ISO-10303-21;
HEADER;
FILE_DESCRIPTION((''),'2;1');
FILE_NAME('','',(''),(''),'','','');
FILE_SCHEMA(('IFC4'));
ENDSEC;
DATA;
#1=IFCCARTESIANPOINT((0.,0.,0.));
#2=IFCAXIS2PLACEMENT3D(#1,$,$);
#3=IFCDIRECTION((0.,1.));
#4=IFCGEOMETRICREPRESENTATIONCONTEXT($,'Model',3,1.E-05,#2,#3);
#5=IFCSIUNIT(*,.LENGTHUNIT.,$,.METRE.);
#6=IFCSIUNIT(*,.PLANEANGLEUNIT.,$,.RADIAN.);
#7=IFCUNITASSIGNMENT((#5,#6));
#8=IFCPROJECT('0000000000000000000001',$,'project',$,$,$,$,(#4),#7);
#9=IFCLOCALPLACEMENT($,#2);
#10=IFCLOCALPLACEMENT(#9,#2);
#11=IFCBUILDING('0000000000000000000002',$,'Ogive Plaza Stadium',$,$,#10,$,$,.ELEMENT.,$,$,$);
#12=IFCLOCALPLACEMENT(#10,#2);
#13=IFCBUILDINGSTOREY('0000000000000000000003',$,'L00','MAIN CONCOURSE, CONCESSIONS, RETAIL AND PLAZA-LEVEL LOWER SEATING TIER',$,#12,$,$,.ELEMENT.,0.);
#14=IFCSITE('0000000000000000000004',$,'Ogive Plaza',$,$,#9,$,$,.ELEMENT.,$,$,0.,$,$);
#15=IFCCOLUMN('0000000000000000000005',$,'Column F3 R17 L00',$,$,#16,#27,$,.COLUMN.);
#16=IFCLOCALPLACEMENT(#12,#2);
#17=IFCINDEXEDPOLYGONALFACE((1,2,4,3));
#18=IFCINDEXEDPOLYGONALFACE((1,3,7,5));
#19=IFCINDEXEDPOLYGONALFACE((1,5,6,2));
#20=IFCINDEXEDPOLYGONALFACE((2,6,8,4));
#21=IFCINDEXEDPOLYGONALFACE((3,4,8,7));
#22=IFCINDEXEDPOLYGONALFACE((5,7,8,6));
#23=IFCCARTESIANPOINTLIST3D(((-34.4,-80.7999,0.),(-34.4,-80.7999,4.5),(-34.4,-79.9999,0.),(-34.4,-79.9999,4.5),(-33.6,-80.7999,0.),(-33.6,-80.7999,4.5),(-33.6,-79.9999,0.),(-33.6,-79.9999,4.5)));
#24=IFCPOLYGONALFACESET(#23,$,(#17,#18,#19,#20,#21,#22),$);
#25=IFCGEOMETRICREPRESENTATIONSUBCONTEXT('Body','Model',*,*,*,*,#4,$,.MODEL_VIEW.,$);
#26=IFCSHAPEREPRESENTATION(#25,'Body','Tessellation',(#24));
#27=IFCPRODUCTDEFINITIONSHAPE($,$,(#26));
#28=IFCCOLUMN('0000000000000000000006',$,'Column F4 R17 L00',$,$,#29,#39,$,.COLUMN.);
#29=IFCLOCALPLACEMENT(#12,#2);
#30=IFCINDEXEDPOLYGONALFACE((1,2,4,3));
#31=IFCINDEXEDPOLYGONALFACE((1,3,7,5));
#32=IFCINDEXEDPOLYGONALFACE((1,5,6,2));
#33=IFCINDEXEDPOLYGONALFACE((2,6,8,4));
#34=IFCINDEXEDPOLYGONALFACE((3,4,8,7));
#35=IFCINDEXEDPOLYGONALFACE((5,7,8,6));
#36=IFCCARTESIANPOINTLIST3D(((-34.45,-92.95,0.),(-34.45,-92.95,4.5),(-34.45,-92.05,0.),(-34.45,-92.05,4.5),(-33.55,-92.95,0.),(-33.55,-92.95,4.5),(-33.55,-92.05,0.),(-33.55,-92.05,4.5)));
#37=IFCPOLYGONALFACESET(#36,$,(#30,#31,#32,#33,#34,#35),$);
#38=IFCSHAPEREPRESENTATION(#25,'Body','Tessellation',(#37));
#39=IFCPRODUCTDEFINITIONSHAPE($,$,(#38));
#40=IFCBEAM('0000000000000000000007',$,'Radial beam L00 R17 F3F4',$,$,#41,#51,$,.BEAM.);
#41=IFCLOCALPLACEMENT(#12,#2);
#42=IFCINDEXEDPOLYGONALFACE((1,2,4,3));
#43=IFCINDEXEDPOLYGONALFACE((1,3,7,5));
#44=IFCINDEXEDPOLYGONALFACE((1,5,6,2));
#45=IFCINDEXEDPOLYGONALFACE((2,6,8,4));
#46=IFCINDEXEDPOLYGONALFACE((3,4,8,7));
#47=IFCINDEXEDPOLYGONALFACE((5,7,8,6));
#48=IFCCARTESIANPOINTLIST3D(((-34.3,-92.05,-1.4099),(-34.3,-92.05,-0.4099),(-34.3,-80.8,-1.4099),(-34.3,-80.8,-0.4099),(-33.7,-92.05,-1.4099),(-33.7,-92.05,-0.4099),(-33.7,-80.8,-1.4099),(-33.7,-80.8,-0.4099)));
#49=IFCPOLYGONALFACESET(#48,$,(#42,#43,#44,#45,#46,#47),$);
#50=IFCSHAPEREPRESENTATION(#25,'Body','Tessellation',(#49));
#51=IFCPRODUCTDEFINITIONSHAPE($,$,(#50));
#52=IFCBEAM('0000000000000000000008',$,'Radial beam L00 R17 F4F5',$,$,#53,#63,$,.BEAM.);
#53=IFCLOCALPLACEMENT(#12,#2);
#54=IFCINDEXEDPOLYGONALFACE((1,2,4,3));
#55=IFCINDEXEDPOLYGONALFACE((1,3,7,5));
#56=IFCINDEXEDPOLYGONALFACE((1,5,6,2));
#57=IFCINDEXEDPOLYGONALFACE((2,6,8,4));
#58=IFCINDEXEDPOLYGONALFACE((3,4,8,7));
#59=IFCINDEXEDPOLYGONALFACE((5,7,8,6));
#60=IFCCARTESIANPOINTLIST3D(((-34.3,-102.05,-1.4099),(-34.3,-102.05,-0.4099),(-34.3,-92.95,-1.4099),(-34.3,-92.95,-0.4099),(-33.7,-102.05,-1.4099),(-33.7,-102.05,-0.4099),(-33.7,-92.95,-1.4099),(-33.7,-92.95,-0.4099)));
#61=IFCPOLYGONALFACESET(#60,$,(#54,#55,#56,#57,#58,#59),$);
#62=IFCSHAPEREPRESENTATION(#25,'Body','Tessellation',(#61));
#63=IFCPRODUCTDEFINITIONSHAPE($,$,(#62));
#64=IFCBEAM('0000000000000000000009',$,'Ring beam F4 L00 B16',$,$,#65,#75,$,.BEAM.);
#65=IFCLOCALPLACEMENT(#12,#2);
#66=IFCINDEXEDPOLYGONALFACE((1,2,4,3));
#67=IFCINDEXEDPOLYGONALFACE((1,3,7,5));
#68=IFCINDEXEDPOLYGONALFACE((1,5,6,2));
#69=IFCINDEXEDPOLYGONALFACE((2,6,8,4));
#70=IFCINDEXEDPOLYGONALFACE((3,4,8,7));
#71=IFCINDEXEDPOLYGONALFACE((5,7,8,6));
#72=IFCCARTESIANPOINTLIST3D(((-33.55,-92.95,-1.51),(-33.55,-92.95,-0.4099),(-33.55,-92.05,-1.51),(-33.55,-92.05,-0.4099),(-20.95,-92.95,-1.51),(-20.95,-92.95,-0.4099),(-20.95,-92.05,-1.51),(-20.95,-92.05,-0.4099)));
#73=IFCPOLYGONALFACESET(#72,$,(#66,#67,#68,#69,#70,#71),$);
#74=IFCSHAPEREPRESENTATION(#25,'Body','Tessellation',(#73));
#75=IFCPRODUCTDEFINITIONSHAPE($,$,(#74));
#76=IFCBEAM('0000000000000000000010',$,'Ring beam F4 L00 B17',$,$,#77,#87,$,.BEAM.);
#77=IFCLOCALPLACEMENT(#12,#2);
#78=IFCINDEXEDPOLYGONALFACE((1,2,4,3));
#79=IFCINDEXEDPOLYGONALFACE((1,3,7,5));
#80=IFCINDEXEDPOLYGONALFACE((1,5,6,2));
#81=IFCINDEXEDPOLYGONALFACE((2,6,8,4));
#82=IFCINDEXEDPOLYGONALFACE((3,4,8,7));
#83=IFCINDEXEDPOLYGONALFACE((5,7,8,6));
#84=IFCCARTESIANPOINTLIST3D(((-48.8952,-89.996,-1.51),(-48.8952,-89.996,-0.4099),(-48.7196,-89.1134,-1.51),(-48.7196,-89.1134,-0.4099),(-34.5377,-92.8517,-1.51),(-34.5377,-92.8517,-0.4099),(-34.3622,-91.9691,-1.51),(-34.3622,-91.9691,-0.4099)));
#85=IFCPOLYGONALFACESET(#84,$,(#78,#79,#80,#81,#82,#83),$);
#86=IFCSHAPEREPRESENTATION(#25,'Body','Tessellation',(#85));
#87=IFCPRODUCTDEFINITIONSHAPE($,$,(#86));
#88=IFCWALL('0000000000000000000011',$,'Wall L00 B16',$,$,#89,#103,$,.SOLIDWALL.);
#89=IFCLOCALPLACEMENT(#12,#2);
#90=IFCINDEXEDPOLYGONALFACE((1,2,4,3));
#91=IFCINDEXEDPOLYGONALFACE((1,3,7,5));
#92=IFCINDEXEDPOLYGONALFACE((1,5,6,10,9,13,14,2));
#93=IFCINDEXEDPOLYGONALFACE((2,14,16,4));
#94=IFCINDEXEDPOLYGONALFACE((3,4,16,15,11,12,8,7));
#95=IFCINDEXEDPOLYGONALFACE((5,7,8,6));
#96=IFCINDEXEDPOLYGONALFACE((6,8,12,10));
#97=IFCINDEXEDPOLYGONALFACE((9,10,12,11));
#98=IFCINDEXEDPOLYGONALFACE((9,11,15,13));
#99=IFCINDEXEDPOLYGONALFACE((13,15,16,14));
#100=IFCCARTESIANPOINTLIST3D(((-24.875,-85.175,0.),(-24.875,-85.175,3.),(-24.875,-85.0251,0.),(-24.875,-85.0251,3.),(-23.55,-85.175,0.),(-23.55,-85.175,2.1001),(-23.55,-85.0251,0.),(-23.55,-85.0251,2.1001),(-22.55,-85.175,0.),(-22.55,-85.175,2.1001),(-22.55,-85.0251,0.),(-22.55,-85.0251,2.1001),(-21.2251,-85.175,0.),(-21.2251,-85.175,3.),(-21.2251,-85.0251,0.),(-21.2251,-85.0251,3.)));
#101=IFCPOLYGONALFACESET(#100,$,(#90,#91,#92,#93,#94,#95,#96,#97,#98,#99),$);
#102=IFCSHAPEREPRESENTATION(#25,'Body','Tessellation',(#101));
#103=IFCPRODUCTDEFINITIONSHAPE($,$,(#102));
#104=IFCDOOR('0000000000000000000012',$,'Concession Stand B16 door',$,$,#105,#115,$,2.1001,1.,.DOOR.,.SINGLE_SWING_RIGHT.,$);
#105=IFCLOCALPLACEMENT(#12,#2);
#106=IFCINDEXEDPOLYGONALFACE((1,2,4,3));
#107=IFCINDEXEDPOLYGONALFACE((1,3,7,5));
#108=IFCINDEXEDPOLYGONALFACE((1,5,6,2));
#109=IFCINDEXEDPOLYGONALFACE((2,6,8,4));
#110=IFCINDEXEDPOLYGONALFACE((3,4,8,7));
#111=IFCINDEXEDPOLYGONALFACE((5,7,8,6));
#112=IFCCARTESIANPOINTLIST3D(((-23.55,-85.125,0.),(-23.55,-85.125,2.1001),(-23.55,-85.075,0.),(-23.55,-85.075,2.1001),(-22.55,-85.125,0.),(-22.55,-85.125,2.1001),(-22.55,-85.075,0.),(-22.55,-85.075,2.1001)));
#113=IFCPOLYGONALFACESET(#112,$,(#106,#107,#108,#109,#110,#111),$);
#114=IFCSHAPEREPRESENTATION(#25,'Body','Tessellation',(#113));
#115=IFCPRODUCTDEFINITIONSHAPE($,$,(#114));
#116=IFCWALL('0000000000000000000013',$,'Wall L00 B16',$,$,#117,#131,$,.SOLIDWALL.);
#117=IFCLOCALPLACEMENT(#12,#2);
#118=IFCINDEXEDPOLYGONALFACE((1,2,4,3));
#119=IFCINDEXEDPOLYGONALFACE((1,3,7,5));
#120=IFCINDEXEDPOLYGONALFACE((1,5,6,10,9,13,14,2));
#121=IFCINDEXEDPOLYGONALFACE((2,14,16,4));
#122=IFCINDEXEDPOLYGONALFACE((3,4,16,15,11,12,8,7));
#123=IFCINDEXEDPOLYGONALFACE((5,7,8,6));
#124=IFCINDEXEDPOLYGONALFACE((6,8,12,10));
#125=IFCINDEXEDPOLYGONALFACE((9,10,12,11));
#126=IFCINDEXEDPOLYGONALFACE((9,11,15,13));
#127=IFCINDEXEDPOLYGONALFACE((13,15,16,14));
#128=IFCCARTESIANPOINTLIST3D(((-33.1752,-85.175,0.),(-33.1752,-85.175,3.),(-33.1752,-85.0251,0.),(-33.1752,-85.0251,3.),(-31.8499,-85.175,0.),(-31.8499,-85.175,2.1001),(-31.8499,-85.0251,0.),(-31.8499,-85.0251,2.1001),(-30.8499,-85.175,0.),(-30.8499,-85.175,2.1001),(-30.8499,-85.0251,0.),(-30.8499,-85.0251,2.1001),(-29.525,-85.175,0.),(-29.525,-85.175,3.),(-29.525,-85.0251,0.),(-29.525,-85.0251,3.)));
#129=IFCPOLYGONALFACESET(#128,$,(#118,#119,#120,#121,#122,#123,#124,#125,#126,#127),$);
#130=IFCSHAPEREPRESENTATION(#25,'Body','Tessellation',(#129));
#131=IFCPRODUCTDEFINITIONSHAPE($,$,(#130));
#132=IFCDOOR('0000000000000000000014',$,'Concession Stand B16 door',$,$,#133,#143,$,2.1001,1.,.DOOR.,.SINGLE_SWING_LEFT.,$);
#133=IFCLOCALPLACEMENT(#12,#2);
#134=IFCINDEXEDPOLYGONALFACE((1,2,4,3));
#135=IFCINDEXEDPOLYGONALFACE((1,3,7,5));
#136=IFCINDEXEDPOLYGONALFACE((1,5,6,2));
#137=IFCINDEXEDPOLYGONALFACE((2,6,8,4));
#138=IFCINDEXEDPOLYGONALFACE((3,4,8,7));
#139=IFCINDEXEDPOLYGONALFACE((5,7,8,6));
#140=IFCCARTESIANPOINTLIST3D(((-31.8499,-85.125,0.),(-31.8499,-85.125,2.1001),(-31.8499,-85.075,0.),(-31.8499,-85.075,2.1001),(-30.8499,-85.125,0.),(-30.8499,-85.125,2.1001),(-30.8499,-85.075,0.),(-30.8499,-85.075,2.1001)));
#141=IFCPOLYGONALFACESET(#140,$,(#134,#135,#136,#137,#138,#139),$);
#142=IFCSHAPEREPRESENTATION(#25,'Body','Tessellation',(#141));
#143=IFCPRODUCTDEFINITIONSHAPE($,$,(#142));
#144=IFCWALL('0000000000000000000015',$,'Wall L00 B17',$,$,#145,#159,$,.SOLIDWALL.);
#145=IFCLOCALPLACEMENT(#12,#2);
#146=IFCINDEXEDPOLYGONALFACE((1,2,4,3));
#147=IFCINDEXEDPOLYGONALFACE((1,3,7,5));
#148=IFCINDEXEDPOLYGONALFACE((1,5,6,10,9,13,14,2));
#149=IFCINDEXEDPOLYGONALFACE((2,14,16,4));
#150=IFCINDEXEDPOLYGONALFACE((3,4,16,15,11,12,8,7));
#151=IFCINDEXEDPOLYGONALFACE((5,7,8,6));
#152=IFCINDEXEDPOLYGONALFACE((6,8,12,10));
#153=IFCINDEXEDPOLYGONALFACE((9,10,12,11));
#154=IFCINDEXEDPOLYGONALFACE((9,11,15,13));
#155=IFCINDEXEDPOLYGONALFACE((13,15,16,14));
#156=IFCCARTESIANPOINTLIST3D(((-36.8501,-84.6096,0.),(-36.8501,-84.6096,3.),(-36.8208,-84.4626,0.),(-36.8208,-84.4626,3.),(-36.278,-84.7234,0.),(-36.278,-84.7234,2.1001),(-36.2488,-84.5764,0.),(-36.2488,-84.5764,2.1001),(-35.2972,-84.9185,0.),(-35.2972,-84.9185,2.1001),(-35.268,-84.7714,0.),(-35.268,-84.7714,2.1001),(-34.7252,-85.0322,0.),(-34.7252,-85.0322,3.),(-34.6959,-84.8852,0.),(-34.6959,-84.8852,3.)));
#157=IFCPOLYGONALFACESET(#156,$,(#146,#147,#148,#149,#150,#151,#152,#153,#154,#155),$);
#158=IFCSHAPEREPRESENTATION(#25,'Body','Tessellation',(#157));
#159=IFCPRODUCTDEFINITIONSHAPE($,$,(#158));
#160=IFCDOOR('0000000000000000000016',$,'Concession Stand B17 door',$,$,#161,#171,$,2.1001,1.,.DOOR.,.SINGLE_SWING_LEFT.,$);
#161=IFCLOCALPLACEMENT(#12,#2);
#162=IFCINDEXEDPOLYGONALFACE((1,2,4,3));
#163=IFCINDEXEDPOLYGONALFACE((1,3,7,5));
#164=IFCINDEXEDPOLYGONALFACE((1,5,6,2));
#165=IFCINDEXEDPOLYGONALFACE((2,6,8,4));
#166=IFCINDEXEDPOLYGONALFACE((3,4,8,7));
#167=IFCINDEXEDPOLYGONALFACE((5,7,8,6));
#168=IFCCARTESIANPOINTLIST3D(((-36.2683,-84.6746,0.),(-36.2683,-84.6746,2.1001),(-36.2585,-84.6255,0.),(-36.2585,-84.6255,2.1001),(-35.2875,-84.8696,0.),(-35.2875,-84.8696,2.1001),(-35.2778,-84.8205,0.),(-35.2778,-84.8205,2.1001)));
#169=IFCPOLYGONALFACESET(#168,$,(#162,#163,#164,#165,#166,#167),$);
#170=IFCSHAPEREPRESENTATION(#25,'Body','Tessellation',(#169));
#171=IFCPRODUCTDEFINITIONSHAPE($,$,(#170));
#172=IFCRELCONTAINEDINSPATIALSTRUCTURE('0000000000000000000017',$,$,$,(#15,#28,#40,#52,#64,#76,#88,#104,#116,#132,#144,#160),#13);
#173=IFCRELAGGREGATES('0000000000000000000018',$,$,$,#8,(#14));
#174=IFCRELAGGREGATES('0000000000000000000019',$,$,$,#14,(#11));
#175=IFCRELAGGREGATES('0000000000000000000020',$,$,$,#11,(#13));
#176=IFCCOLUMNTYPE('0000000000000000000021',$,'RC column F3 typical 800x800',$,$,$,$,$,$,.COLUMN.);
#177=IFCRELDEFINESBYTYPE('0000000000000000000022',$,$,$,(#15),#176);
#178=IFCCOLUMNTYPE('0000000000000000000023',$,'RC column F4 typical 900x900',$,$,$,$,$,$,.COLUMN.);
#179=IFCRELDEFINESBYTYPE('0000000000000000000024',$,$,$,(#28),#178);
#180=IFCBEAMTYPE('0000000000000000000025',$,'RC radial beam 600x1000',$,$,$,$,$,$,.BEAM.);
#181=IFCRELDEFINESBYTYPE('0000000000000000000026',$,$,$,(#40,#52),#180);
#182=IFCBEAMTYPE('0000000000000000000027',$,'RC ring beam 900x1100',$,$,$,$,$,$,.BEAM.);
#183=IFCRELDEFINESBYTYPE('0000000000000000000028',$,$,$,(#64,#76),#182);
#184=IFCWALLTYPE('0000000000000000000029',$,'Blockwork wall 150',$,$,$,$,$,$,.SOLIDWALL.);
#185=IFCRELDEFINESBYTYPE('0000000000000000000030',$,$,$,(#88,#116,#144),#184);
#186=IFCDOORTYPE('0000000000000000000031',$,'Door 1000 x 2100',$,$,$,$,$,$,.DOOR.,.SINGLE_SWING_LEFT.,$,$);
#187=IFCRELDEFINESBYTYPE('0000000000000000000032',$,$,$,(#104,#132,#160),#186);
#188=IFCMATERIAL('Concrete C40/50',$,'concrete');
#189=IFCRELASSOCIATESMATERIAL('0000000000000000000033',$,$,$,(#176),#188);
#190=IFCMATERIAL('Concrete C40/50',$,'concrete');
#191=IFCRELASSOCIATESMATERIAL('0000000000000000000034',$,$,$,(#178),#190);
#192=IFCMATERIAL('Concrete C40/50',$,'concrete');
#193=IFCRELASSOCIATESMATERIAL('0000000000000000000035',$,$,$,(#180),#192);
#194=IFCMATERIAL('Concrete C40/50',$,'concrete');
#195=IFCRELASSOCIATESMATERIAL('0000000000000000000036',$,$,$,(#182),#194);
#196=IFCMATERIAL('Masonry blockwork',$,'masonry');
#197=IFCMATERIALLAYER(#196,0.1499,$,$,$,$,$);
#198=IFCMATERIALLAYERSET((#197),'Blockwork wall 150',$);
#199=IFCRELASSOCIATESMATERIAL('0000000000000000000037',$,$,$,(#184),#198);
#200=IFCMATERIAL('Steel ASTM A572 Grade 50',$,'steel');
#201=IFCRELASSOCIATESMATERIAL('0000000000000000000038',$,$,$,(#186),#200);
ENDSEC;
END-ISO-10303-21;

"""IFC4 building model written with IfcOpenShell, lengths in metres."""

from ifc_helpers import new_model, si_unit, direction, frame, frame_2d, origin, origin_2d, place, context, subcontext, project, spatial, rectangle, extrude, material, layer, layer_set, material_profile, profile_set, type_object, element, fill, save


model = new_model("IFC4")

# Units and contexts
model_context = context("Model", 3, precision=1e-05, world=origin(), true_north=direction((0.0, 1.0)))
body_context = subcontext(model_context, "Body", "Model", "MODEL_VIEW")
ifc_project = project(units=[si_unit("LENGTHUNIT", "METRE"), si_unit("PLANEANGLEUNIT", "RADIAN")], contexts=[model_context])

# Site, building, storey
site_placement = place(None, origin())
site = spatial("IfcSite", under=ifc_project, at=site_placement, Name="Ogive Plaza", CompositionType="ELEMENT", RefElevation=0.0)
building_placement = place(site_placement, origin())
building = spatial("IfcBuilding", under=site, at=building_placement, Name="Ogive Plaza Stadium", CompositionType="ELEMENT")
storey_placement = place(building_placement, origin())
storey = spatial("IfcBuildingStorey", under=building, at=storey_placement, Name="L00", Description="MAIN CONCOURSE, CONCESSIONS, RETAIL AND PLAZA-LEVEL LOWER SEATING TIER", CompositionType="ELEMENT", Elevation=0.0)

# Columns
ifc_material_1 = material(Name="Concrete C40/50", Category="concrete")
ifc_material_profile_1 = material_profile(ifc_material_1, rectangle(XDim=0.8, YDim=0.8, at=origin_2d()), Name="RC 800x800")
ifc_profile_set_1 = profile_set([ifc_material_profile_1], Name="Concrete C40/50")
column_type_1 = type_object("IfcColumnType", Name="RC column F3 typical 800x800", PredefinedType="COLUMN", material=ifc_profile_set_1)
column_1_placement = place(storey_placement, frame((-34.0, -80.3999, 0.0), z_axis=(0.0, 0.0, 1.0), x_axis=(1.0, 0.0, 0.0)))
element("IfcColumn", 1, at=column_1_placement, inside=storey, type_object=column_type_1, Name="Column F3 R17 L00", PredefinedType="COLUMN", context=body_context, shape_type="SweptSolid", body=[
    extrude(rectangle(XDim=0.8, YDim=0.8, at=origin_2d()), origin(), (0.0, 0.0, 1.0), 4.5),
])
ifc_material_2 = material(Name="Concrete C40/50", Category="concrete")
ifc_material_profile_2 = material_profile(ifc_material_2, rectangle(XDim=0.8999, YDim=0.8999, at=origin_2d()), Name="RC 900x900")
ifc_profile_set_2 = profile_set([ifc_material_profile_2], Name="Concrete C40/50")
column_type_2 = type_object("IfcColumnType", Name="RC column F4 typical 900x900", PredefinedType="COLUMN", material=ifc_profile_set_2)
column_2_placement = place(storey_placement, frame((-34.0, -92.5, 0.0), z_axis=(0.0, 0.0, 1.0), x_axis=(1.0, 0.0, 0.0)))
element("IfcColumn", 2, at=column_2_placement, inside=storey, type_object=column_type_2, Name="Column F4 R17 L00", PredefinedType="COLUMN", context=body_context, shape_type="SweptSolid", body=[
    extrude(rectangle(XDim=0.8999, YDim=0.8999, at=origin_2d()), origin(), (0.0, 0.0, 1.0), 4.5),
])

# Beams
ifc_material_3 = material(Name="Concrete C40/50", Category="concrete")
ifc_material_profile_3 = material_profile(ifc_material_3, rectangle(XDim=0.6001, YDim=1.0, at=origin_2d()), Name="RC 600x1000")
ifc_profile_set_3 = profile_set([ifc_material_profile_3], Name="Concrete C40/50")
beam_type_1 = type_object("IfcBeamType", Name="RC radial beam 600x1000", PredefinedType="BEAM", material=ifc_profile_set_3)
beam_1_placement = place(storey_placement, frame((-34.0, -80.8, -0.9099), z_axis=(0.0, -1.0, 0.0), x_axis=(1.0, 0.0, 0.0)))
element("IfcBeam", 3, at=beam_1_placement, inside=storey, type_object=beam_type_1, Name="Radial beam L00 R17 F3F4", PredefinedType="BEAM", context=body_context, shape_type="SweptSolid", body=[
    extrude(rectangle(XDim=0.6001, YDim=1.0, at=origin_2d()), origin(), (0.0, 0.0, 1.0), 11.25),
])
beam_2_placement = place(storey_placement, frame((-34.0, -92.95, -0.9099), z_axis=(0.0, -1.0, 0.0), x_axis=(1.0, 0.0, 0.0)))
element("IfcBeam", 4, at=beam_2_placement, inside=storey, type_object=beam_type_1, Name="Radial beam L00 R17 F4F5", PredefinedType="BEAM", context=body_context, shape_type="SweptSolid", body=[
    extrude(rectangle(XDim=0.6001, YDim=1.0, at=origin_2d()), origin(), (0.0, 0.0, 1.0), 9.1001),
])
ifc_material_4 = material(Name="Concrete C40/50", Category="concrete")
ifc_material_profile_4 = material_profile(ifc_material_4, rectangle(XDim=0.8999, YDim=1.1001, at=origin_2d()), Name="RC 900x1100")
ifc_profile_set_4 = profile_set([ifc_material_profile_4], Name="Concrete C40/50")
beam_type_2 = type_object("IfcBeamType", Name="RC ring beam 900x1100", PredefinedType="BEAM", material=ifc_profile_set_4)
beam_3_placement = place(storey_placement, frame((-20.95, -92.5, -0.96), z_axis=(-1.0, 0.0, 0.0), x_axis=(0.0, -1.0, 0.0)))
element("IfcBeam", 5, at=beam_3_placement, inside=storey, type_object=beam_type_2, Name="Ring beam F4 L00 B16", PredefinedType="BEAM", context=body_context, shape_type="SweptSolid", body=[
    extrude(rectangle(XDim=0.8999, YDim=1.1001, at=origin_2d()), origin(), (0.0, 0.0, 1.0), 12.6001),
])
beam_4_placement = place(storey_placement, frame((-34.45, -92.4104, -0.96), z_axis=(-0.980787, 0.19508, 0.0), x_axis=(-0.19508, -0.980787, 0.0)))
element("IfcBeam", 6, at=beam_4_placement, inside=storey, type_object=beam_type_2, Name="Ring beam F4 L00 B17", PredefinedType="BEAM", context=body_context, shape_type="SweptSolid", body=[
    extrude(rectangle(XDim=0.8999, YDim=1.1001, at=origin_2d()), origin(), (0.0, 0.0, 1.0), 14.6387),
])

# Walls, openings, doors
ifc_material_5 = material(Name="Masonry blockwork", Category="masonry")
ifc_layer_1 = layer(ifc_material_5, 0.1499)
ifc_layer_set_1 = layer_set([ifc_layer_1], Name="Blockwork wall 150")
wall_type_1 = type_object("IfcWallType", Name="Blockwork wall 150", PredefinedType="SOLIDWALL", material=ifc_layer_set_1)
wall_1_placement = place(storey_placement, frame((-21.2251, -85.1001, 0.0), z_axis=(0.0, 0.0, 1.0), x_axis=(-1.0, 0.0, 0.0)))
wall_1 = element("IfcWall", 7, at=wall_1_placement, inside=storey, type_object=wall_type_1, Name="Wall L00 B16", PredefinedType="SOLIDWALL", context=body_context, shape_type="SweptSolid", body=[
    extrude(rectangle(XDim=3.6499, YDim=0.1499, at=frame_2d((1.825, 0.0))), origin(), (0.0, 0.0, 1.0), 3.0),
])
opening_1_placement = place(wall_1_placement, frame((1.325, 0.0, 0.0)))
opening_1 = element("IfcOpeningElement", 8, at=opening_1_placement, cuts=wall_1, PredefinedType="OPENING", context=body_context, shape_type="SweptSolid", body=[
    extrude(rectangle(XDim=1.0, YDim=2.1001, at=frame_2d((0.5, 1.05))), frame((0.0, 0.075, 0.0), z_axis=(0.0, -1.0, 0.0), x_axis=(1.0, 0.0, 0.0)), (0.0, 0.0, 1.0), 0.1499),
])
ifc_material_6 = material(Name="Steel ASTM A572 Grade 50", Category="steel")
door_type_1 = type_object("IfcDoorType", Name="Door 1000 x 2100", OperationType="SINGLE_SWING_LEFT", PredefinedType="DOOR", material=ifc_material_6)
door_1_placement = place(opening_1_placement, origin())
door_1 = element("IfcDoor", 9, at=door_1_placement, inside=storey, type_object=door_type_1, Name="Concession Stand B16 door", OperationType="SINGLE_SWING_RIGHT", OverallHeight=2.1001, OverallWidth=1.0, PredefinedType="DOOR", context=body_context, shape_type="SweptSolid", body=[
    extrude(rectangle(XDim=1.0, YDim=2.1001, at=frame_2d((0.5, 1.05))), frame((0.0, 0.0249, 0.0), z_axis=(0.0, -1.0, 0.0), x_axis=(1.0, 0.0, 0.0)), (0.0, 0.0, 1.0), 0.05),
])
fill(opening_1, door_1)
wall_2_placement = place(storey_placement, frame((-29.5249, -85.1001, 0.0), z_axis=(0.0, 0.0, 1.0), x_axis=(-1.0, 0.0, 0.0)))
wall_2 = element("IfcWall", 10, at=wall_2_placement, inside=storey, type_object=wall_type_1, Name="Wall L00 B16", PredefinedType="SOLIDWALL", context=body_context, shape_type="SweptSolid", body=[
    extrude(rectangle(XDim=3.6501, YDim=0.1499, at=frame_2d((1.8252, 0.0))), origin(), (0.0, 0.0, 1.0), 3.0),
])
opening_2_placement = place(wall_2_placement, frame((1.325, 0.0, 0.0)))
opening_2 = element("IfcOpeningElement", 11, at=opening_2_placement, cuts=wall_2, PredefinedType="OPENING", context=body_context, shape_type="SweptSolid", body=[
    extrude(rectangle(XDim=1.0, YDim=2.1001, at=frame_2d((0.5, 1.05))), frame((0.0, 0.075, 0.0), z_axis=(0.0, -1.0, 0.0), x_axis=(1.0, 0.0, 0.0)), (0.0, 0.0, 1.0), 0.1499),
])
door_2_placement = place(opening_2_placement, origin())
door_2 = element("IfcDoor", 12, at=door_2_placement, inside=storey, type_object=door_type_1, Name="Concession Stand B16 door", OperationType="SINGLE_SWING_LEFT", OverallHeight=2.1001, OverallWidth=1.0, PredefinedType="DOOR", context=body_context, shape_type="SweptSolid", body=[
    extrude(rectangle(XDim=1.0, YDim=2.1001, at=frame_2d((0.5, 1.05))), frame((0.0, 0.0249, 0.0), z_axis=(0.0, -1.0, 0.0), x_axis=(1.0, 0.0, 0.0)), (0.0, 0.0, 1.0), 0.05),
])
fill(opening_2, door_2)
wall_3_placement = place(storey_placement, frame((-36.8354, -84.5361, 0.0), z_axis=(0.0, 0.0, 1.0), x_axis=(0.980792, -0.195054, 0.0)))
wall_3 = element("IfcWall", 13, at=wall_3_placement, inside=storey, type_object=wall_type_1, Name="Wall L00 B17", PredefinedType="SOLIDWALL", context=body_context, shape_type="SweptSolid", body=[
    extrude(rectangle(XDim=2.1665, YDim=0.1499, at=frame_2d((1.0833, 0.0))), origin(), (0.0, 0.0, 1.0), 3.0),
])
opening_3_placement = place(wall_3_placement, frame((0.5833, 0.0, 0.0)))
opening_3 = element("IfcOpeningElement", 14, at=opening_3_placement, cuts=wall_3, PredefinedType="OPENING", context=body_context, shape_type="SweptSolid", body=[
    extrude(rectangle(XDim=1.0, YDim=2.1001, at=frame_2d((0.5, 1.05))), frame((0.0, 0.075, 0.0), z_axis=(0.0, -1.0, 0.0), x_axis=(1.0, 0.0, 0.0)), (0.0, 0.0, 1.0), 0.1499),
])
door_3_placement = place(opening_3_placement, origin())
door_3 = element("IfcDoor", 15, at=door_3_placement, inside=storey, type_object=door_type_1, Name="Concession Stand B17 door", OperationType="SINGLE_SWING_LEFT", OverallHeight=2.1001, OverallWidth=1.0, PredefinedType="DOOR", context=body_context, shape_type="SweptSolid", body=[
    extrude(rectangle(XDim=1.0, YDim=2.1001, at=frame_2d((0.5, 1.05))), frame((0.0, 0.0249, 0.0), z_axis=(0.0, -1.0, 0.0), x_axis=(1.0, 0.0, 0.0)), (0.0, 0.0, 1.0), 0.05),
])
fill(opening_3, door_3)

save(model, "model.ifc")
